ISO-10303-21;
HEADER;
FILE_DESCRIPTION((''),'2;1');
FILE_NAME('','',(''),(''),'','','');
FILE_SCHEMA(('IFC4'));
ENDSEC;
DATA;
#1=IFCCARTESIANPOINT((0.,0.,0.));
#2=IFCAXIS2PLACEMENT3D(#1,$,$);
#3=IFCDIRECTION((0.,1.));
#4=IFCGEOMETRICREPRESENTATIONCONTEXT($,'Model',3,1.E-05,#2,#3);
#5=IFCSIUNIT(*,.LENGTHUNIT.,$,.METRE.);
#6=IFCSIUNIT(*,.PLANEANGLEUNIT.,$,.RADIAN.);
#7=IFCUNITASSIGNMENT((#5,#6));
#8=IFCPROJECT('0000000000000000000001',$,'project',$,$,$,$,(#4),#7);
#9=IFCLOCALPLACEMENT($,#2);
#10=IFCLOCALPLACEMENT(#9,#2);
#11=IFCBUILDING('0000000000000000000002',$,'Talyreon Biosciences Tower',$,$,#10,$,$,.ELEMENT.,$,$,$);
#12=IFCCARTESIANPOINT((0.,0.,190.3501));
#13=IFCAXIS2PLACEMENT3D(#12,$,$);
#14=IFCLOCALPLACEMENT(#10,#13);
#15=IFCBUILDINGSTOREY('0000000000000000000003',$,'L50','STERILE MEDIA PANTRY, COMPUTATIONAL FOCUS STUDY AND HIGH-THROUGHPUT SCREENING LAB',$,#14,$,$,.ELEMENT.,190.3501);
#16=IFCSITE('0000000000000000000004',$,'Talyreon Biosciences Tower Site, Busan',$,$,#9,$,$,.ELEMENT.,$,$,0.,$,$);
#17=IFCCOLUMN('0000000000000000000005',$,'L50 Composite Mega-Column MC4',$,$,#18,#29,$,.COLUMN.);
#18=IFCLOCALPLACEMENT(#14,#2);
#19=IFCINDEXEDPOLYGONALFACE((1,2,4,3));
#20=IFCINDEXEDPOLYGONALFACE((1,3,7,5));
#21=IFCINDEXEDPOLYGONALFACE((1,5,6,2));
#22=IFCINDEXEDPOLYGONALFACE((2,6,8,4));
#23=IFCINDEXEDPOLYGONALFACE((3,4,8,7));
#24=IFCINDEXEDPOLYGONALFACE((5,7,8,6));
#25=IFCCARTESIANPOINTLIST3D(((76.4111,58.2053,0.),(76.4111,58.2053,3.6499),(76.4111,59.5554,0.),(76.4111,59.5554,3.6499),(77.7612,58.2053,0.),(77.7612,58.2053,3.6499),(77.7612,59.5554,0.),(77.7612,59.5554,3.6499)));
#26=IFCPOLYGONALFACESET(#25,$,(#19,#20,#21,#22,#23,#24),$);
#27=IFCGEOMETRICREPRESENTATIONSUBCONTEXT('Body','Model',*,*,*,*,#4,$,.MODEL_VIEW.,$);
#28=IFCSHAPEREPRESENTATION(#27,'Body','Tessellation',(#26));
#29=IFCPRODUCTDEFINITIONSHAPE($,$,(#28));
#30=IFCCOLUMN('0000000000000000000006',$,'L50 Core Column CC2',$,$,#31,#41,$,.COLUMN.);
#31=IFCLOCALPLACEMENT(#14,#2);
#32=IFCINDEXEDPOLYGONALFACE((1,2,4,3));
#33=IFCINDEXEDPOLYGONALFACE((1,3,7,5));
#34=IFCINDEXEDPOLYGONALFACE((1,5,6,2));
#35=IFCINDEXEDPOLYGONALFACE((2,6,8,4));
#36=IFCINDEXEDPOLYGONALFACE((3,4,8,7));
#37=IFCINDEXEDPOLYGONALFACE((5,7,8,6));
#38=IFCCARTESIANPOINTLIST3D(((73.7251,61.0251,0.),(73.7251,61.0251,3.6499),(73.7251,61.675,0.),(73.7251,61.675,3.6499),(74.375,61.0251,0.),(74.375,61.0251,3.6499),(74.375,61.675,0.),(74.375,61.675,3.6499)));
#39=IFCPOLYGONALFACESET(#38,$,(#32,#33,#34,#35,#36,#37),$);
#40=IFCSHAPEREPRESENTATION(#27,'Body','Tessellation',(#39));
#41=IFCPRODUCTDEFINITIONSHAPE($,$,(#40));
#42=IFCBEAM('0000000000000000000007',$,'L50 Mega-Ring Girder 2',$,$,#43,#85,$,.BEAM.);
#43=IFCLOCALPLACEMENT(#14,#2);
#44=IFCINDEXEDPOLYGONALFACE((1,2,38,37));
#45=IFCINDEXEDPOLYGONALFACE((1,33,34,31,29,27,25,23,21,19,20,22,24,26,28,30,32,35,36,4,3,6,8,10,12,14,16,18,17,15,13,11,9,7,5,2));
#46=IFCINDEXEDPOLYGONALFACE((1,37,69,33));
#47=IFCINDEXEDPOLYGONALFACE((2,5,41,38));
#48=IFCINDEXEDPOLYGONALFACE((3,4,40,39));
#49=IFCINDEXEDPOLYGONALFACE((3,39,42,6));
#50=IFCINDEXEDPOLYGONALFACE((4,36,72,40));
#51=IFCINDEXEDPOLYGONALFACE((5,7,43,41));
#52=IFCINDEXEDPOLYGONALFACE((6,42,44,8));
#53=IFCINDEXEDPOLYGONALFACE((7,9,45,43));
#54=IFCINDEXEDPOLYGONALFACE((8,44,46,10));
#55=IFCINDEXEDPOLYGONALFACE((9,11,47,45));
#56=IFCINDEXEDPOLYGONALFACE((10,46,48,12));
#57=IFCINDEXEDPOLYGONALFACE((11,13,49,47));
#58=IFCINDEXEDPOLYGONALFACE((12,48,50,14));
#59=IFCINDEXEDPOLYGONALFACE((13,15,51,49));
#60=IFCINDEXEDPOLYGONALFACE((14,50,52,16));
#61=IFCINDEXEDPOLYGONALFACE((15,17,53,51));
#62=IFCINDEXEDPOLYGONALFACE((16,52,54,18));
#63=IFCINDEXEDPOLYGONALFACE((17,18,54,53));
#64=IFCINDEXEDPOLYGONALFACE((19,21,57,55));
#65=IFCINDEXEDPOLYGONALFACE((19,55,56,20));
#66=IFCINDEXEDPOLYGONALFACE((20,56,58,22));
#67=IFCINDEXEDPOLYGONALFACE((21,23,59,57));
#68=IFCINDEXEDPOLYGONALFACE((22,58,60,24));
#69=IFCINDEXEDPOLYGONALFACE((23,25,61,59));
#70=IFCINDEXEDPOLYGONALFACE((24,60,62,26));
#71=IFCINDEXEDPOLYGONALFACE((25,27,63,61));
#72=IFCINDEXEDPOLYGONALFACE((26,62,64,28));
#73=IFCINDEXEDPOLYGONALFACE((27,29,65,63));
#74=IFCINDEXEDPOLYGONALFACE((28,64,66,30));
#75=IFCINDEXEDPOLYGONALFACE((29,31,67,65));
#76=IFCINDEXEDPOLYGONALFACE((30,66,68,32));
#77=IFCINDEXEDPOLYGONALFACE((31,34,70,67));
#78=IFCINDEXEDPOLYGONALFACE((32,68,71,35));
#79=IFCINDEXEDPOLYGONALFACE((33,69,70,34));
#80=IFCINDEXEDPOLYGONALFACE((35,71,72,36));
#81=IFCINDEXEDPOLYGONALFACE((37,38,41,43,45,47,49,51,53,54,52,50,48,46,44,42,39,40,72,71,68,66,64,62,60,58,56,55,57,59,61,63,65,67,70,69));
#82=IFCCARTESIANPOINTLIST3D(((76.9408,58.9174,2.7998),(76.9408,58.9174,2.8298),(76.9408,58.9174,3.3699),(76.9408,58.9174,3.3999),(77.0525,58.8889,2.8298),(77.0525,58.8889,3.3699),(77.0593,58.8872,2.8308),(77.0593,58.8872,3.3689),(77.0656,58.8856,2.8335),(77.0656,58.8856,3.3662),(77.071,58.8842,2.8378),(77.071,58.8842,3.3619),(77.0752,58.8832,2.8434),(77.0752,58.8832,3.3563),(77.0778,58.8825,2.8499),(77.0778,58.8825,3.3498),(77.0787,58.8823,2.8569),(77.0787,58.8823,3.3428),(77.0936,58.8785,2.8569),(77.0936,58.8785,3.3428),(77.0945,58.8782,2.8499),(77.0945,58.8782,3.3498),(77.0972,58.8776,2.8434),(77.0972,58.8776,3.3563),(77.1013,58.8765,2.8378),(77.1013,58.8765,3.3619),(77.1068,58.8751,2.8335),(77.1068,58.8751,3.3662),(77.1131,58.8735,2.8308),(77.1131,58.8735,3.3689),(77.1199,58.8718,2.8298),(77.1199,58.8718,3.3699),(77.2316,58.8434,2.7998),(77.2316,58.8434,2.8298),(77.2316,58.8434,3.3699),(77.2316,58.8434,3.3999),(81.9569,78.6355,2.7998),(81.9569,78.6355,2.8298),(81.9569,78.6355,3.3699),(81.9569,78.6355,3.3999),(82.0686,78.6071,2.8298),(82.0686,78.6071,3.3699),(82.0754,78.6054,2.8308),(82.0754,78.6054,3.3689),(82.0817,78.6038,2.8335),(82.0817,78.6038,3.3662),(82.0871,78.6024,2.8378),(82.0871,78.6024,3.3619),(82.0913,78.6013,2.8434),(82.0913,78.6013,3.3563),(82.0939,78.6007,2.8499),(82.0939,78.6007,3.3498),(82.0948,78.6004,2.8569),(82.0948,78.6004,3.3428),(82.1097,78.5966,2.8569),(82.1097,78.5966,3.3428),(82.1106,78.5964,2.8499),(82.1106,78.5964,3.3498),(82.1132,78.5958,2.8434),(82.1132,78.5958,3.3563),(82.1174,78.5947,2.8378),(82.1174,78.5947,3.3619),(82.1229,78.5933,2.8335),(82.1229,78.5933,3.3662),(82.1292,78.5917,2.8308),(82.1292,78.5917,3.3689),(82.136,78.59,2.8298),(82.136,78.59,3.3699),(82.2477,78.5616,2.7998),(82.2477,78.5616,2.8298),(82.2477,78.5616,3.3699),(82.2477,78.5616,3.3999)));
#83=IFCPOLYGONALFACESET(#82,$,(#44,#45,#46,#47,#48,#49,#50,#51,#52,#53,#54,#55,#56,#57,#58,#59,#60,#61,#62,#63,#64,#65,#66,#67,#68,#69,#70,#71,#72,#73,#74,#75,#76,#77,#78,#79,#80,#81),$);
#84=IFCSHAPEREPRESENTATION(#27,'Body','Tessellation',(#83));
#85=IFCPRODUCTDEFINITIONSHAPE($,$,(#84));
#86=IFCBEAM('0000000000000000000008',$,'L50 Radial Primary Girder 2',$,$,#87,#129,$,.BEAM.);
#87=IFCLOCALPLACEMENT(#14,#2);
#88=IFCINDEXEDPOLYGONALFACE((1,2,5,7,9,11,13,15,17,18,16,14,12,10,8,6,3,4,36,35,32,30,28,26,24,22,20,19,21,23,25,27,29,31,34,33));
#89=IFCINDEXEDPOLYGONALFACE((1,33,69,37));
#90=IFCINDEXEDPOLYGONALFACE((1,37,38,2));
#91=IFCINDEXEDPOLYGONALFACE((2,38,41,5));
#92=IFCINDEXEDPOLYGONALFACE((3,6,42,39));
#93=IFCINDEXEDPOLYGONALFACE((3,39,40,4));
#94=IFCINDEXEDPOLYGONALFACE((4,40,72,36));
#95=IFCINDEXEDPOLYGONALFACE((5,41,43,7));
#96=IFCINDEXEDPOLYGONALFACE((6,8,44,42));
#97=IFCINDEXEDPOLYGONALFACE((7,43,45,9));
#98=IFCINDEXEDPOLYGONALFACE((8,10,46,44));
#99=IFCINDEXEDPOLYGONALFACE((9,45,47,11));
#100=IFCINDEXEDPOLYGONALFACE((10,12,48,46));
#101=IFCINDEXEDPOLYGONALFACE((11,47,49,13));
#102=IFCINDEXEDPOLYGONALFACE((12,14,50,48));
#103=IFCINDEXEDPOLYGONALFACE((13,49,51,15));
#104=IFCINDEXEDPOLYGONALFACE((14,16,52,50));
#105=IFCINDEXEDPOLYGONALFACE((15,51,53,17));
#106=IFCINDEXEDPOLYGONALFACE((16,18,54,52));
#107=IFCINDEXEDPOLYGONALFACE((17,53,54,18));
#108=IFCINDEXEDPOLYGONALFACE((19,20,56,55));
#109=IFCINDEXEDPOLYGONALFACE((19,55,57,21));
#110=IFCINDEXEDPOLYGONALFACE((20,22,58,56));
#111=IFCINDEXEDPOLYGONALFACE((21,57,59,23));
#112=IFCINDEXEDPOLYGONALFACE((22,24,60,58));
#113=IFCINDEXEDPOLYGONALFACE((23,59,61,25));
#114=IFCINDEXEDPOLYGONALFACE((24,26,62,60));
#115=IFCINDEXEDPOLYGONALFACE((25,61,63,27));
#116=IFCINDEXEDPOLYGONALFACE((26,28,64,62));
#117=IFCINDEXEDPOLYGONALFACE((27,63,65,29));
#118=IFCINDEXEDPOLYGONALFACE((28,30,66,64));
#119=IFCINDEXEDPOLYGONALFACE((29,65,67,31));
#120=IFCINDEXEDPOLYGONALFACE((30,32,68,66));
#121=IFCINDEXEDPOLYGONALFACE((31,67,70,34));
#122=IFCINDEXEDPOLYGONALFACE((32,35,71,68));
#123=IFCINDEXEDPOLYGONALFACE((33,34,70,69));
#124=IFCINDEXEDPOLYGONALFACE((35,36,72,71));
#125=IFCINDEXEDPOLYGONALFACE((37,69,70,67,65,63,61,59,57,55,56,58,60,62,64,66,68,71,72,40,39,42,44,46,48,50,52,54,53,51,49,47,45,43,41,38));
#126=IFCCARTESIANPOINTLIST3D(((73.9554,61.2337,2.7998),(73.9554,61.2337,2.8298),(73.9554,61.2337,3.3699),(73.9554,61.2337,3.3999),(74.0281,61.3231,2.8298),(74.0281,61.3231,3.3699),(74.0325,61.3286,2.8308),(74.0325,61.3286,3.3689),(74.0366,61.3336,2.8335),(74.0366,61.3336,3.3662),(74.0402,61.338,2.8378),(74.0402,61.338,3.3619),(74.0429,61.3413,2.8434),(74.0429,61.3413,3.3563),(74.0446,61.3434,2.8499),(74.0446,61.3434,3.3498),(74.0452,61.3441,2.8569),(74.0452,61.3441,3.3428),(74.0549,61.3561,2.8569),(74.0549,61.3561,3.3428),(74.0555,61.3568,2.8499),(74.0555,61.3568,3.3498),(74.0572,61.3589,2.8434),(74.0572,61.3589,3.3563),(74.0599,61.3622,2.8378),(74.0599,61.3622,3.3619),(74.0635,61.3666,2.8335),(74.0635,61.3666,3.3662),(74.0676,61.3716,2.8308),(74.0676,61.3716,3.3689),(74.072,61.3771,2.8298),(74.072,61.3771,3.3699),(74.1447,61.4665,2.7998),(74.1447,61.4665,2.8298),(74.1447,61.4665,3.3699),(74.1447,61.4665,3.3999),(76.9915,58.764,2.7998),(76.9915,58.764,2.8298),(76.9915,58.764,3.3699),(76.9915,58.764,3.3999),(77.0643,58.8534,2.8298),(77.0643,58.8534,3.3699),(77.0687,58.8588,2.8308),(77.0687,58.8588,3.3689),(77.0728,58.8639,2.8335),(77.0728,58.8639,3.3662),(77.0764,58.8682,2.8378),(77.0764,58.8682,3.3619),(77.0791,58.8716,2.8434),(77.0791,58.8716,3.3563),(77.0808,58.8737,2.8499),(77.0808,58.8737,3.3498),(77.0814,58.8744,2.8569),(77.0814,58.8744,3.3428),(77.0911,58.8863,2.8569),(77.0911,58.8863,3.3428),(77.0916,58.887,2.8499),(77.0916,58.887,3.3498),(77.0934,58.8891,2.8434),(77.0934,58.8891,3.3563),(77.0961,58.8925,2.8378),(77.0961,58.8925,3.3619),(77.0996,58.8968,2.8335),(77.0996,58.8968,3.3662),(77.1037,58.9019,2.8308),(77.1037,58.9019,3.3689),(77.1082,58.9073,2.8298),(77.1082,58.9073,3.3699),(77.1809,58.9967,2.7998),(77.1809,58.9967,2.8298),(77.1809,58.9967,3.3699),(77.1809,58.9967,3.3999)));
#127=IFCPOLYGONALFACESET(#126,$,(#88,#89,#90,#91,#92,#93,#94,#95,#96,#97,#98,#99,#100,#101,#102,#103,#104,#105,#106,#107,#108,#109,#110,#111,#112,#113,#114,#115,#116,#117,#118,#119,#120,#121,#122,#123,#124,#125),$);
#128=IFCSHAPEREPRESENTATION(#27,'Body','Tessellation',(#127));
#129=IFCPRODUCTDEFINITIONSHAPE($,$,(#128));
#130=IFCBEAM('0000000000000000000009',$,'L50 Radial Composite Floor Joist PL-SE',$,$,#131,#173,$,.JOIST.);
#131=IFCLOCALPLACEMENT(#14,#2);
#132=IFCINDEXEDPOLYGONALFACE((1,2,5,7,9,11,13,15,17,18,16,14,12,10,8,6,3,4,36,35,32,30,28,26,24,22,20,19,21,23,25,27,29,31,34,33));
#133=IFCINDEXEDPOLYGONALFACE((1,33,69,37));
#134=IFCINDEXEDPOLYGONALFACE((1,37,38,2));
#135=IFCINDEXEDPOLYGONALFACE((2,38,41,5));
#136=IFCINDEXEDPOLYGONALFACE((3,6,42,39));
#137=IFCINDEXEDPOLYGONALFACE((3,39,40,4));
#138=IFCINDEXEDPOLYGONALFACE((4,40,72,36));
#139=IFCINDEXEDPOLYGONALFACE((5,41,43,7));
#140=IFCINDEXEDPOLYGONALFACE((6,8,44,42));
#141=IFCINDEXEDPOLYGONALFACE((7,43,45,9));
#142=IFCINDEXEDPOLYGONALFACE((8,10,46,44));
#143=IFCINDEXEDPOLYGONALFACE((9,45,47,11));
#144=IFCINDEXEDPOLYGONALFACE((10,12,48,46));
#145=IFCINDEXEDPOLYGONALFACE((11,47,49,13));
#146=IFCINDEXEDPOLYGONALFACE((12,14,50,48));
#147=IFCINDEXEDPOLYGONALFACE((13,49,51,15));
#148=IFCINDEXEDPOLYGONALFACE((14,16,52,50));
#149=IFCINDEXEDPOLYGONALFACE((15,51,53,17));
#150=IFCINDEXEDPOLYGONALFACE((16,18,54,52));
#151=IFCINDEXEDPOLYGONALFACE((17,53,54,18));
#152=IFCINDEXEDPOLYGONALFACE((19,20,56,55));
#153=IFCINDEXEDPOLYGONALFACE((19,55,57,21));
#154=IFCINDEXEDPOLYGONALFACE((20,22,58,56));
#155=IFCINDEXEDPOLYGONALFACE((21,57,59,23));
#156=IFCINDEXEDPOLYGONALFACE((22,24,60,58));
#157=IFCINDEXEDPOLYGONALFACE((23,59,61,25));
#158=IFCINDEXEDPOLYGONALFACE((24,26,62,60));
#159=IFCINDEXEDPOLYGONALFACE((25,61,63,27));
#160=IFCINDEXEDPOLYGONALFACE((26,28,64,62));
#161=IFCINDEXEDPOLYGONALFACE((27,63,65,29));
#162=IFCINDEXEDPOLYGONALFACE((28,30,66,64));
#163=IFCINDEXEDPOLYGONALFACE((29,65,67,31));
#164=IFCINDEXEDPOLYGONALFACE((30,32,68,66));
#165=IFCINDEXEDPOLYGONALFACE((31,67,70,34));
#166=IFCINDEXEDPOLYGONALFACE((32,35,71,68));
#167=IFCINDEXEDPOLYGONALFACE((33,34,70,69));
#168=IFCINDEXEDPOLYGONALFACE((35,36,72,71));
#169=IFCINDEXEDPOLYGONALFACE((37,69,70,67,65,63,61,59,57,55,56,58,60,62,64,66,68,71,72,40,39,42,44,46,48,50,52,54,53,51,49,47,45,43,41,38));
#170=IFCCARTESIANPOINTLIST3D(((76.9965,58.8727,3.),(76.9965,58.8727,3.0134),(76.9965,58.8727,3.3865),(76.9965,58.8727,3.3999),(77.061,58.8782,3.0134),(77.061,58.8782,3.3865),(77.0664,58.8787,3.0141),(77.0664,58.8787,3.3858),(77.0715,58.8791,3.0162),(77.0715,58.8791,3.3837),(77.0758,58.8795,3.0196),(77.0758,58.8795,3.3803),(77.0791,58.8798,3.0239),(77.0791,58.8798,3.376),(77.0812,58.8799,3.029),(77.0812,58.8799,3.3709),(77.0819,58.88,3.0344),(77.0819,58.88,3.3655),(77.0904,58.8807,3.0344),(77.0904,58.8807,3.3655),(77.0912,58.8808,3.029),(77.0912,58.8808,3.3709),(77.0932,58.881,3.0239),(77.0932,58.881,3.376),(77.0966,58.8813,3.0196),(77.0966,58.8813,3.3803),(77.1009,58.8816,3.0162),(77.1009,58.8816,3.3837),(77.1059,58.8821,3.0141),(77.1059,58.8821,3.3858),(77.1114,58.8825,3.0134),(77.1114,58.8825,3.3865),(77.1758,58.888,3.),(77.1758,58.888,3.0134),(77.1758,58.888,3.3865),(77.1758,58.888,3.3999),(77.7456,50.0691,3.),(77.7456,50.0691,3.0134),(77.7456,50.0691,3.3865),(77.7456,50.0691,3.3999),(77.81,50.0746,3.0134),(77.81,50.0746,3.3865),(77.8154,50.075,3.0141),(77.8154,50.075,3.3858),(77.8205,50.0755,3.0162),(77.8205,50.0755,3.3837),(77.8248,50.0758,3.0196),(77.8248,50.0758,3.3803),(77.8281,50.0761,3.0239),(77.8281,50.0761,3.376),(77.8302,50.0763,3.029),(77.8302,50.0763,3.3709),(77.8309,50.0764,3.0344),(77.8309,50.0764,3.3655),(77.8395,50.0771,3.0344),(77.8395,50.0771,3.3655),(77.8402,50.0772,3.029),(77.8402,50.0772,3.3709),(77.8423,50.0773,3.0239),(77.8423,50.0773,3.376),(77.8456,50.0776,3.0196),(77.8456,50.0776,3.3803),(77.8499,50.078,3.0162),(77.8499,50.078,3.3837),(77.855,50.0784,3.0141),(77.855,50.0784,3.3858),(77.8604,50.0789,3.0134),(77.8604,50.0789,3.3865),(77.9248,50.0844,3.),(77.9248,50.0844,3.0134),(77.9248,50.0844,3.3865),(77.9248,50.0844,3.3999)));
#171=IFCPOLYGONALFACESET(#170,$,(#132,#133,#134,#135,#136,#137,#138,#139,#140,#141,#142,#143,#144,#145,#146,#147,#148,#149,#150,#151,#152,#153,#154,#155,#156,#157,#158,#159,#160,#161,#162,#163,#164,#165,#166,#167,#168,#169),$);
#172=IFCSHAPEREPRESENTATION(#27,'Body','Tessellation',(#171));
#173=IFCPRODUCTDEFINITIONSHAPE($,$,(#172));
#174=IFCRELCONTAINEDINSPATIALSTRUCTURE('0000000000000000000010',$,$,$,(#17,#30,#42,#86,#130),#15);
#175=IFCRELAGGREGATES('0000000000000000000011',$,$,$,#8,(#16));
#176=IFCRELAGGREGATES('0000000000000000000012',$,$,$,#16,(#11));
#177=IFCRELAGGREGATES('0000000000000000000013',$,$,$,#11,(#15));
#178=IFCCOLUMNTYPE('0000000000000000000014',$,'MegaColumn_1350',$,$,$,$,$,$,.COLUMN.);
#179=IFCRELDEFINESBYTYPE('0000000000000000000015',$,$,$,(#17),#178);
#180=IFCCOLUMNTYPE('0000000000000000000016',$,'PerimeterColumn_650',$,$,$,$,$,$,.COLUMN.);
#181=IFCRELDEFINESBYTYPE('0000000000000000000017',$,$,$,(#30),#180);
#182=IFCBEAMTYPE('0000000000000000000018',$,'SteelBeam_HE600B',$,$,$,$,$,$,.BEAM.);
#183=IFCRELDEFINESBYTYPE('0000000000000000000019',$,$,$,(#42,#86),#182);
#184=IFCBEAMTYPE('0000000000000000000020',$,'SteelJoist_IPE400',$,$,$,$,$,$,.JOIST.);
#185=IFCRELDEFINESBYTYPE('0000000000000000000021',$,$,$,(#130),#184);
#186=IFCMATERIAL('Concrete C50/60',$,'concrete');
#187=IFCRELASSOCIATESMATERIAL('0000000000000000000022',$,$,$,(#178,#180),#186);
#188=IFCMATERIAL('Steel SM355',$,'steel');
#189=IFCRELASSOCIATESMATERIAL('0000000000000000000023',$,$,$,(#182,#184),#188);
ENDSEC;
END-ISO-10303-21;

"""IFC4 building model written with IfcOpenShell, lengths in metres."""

from ifc_helpers import new_model, si_unit, direction, frame, origin, origin_2d, place, context, subcontext, project, spatial, rectangle, i_section, extrude, material, material_profile, profile_set, type_object, element, save


model = new_model("IFC4")

# Units and contexts
model_context = context("Model", 3, precision=1e-05, world=origin(), true_north=direction((0.0, 1.0)))
body_context = subcontext(model_context, "Body", "Model", "MODEL_VIEW")
ifc_project = project(units=[si_unit("LENGTHUNIT", "METRE"), si_unit("PLANEANGLEUNIT", "RADIAN")], contexts=[model_context])

# Site, building, storey
site_placement = place(None, origin())
site = spatial("IfcSite", under=ifc_project, at=site_placement, Name="Talyreon Biosciences Tower Site, Busan", CompositionType="ELEMENT", RefElevation=0.0)
building_placement = place(site_placement, origin())
building = spatial("IfcBuilding", under=site, at=building_placement, Name="Talyreon Biosciences Tower", CompositionType="ELEMENT")
storey_placement = place(building_placement, frame((0.0, 0.0, 190.3501)))
storey = spatial("IfcBuildingStorey", under=building, at=storey_placement, Name="L50", Description="STERILE MEDIA PANTRY, COMPUTATIONAL FOCUS STUDY AND HIGH-THROUGHPUT SCREENING LAB", CompositionType="ELEMENT", Elevation=190.3501)

# Columns
ifc_material_1 = material(Name="Concrete C50/60", Category="concrete")
ifc_material_profile_1 = material_profile(ifc_material_1, rectangle(XDim=1.3501, YDim=1.3501, at=origin_2d()), Name="RC 1350x1350")
ifc_profile_set_1 = profile_set([ifc_material_profile_1], Name="Concrete C50/60")
column_type_1 = type_object("IfcColumnType", Name="MegaColumn_1350", PredefinedType="COLUMN", material=ifc_profile_set_1)
column_1_placement = place(storey_placement, frame((77.0862, 58.8804, 0.0), z_axis=(0.0, 0.0, 1.0), x_axis=(1.0, 0.0, 0.0)))
element("IfcColumn", 1, at=column_1_placement, inside=storey, type_object=column_type_1, Name="L50 Composite Mega-Column MC4", PredefinedType="COLUMN", context=body_context, shape_type="SweptSolid", body=[
    extrude(rectangle(XDim=1.3501, YDim=1.3501, at=origin_2d()), origin(), (0.0, 0.0, 1.0), 3.6499),
])
ifc_material_profile_2 = material_profile(ifc_material_1, rectangle(XDim=0.6499, YDim=0.6499, at=origin_2d()), Name="RC 650x650")
ifc_profile_set_2 = profile_set([ifc_material_profile_2], Name="Concrete C50/60")
column_type_2 = type_object("IfcColumnType", Name="PerimeterColumn_650", PredefinedType="COLUMN", material=ifc_profile_set_2)
column_2_placement = place(storey_placement, frame((74.05, 61.3501, 0.0), z_axis=(0.0, 0.0, 1.0), x_axis=(1.0, 0.0, 0.0)))
element("IfcColumn", 2, at=column_2_placement, inside=storey, type_object=column_type_2, Name="L50 Core Column CC2", PredefinedType="COLUMN", context=body_context, shape_type="SweptSolid", body=[
    extrude(rectangle(XDim=0.6499, YDim=0.6499, at=origin_2d()), origin(), (0.0, 0.0, 1.0), 3.6499),
])

# Beams
ifc_material_2 = material(Name="Steel SM355", Category="steel")
ifc_material_profile_3 = material_profile(ifc_material_2, i_section(OverallWidth=0.3, OverallDepth=0.6001, WebThickness=0.0154, FlangeThickness=0.03, FilletRadius=0.0271, at=origin_2d()), Name="HE600B")
ifc_profile_set_3 = profile_set([ifc_material_profile_3], Name="Steel SM355")
beam_type_1 = type_object("IfcBeamType", Name="SteelBeam_HE600B", PredefinedType="BEAM", material=ifc_profile_set_3)
beam_1_placement = place(storey_placement, frame((77.0862, 58.8804, 3.0999), z_axis=(0.246537, 0.969133, 0.0), x_axis=(-0.969133, 0.246537, 0.0)))
element("IfcBeam", 3, at=beam_1_placement, inside=storey, type_object=beam_type_1, Name="L50 Mega-Ring Girder 2", PredefinedType="BEAM", context=body_context, shape_type="SweptSolid", body=[
    extrude(i_section(OverallWidth=0.3, OverallDepth=0.6001, WebThickness=0.0154, FlangeThickness=0.03, FilletRadius=0.0271, at=origin_2d()), origin(), (0.0, 0.0, 1.0), 20.3462),
])
beam_2_placement = place(storey_placement, frame((74.05, 61.3501, 3.0999), z_axis=(0.775755, -0.631034, 0.0), x_axis=(0.631034, 0.775755, 0.0)))
element("IfcBeam", 4, at=beam_2_placement, inside=storey, type_object=beam_type_1, Name="L50 Radial Primary Girder 2", PredefinedType="BEAM", context=body_context, shape_type="SweptSolid", body=[
    extrude(i_section(OverallWidth=0.3, OverallDepth=0.6001, WebThickness=0.0154, FlangeThickness=0.03, FilletRadius=0.0271, at=origin_2d()), origin(), (0.0, 0.0, 1.0), 3.9138),
])
ifc_material_profile_4 = material_profile(ifc_material_2, i_section(OverallWidth=0.1799, OverallDepth=0.3999, WebThickness=0.0085, FlangeThickness=0.0134, FilletRadius=0.021, at=origin_2d()), Name="IPE400")
ifc_profile_set_4 = profile_set([ifc_material_profile_4], Name="Steel SM355")
beam_type_2 = type_object("IfcBeamType", Name="SteelJoist_IPE400", PredefinedType="JOIST", material=ifc_profile_set_4)
beam_3_placement = place(storey_placement, frame((77.0862, 58.8804, 3.2), z_axis=(0.084774, -0.9964, 0.0), x_axis=(0.9964, 0.084774, 0.0)))
element("IfcBeam", 5, at=beam_3_placement, inside=storey, type_object=beam_type_2, Name="L50 Radial Composite Floor Joist PL-SE", PredefinedType="JOIST", context=body_context, shape_type="SweptSolid", body=[
    extrude(i_section(OverallWidth=0.1799, OverallDepth=0.3999, WebThickness=0.0085, FlangeThickness=0.0134, FilletRadius=0.021, at=origin_2d()), origin(), (0.0, 0.0, 1.0), 8.8354),
])

save(model, "model.ifc")
